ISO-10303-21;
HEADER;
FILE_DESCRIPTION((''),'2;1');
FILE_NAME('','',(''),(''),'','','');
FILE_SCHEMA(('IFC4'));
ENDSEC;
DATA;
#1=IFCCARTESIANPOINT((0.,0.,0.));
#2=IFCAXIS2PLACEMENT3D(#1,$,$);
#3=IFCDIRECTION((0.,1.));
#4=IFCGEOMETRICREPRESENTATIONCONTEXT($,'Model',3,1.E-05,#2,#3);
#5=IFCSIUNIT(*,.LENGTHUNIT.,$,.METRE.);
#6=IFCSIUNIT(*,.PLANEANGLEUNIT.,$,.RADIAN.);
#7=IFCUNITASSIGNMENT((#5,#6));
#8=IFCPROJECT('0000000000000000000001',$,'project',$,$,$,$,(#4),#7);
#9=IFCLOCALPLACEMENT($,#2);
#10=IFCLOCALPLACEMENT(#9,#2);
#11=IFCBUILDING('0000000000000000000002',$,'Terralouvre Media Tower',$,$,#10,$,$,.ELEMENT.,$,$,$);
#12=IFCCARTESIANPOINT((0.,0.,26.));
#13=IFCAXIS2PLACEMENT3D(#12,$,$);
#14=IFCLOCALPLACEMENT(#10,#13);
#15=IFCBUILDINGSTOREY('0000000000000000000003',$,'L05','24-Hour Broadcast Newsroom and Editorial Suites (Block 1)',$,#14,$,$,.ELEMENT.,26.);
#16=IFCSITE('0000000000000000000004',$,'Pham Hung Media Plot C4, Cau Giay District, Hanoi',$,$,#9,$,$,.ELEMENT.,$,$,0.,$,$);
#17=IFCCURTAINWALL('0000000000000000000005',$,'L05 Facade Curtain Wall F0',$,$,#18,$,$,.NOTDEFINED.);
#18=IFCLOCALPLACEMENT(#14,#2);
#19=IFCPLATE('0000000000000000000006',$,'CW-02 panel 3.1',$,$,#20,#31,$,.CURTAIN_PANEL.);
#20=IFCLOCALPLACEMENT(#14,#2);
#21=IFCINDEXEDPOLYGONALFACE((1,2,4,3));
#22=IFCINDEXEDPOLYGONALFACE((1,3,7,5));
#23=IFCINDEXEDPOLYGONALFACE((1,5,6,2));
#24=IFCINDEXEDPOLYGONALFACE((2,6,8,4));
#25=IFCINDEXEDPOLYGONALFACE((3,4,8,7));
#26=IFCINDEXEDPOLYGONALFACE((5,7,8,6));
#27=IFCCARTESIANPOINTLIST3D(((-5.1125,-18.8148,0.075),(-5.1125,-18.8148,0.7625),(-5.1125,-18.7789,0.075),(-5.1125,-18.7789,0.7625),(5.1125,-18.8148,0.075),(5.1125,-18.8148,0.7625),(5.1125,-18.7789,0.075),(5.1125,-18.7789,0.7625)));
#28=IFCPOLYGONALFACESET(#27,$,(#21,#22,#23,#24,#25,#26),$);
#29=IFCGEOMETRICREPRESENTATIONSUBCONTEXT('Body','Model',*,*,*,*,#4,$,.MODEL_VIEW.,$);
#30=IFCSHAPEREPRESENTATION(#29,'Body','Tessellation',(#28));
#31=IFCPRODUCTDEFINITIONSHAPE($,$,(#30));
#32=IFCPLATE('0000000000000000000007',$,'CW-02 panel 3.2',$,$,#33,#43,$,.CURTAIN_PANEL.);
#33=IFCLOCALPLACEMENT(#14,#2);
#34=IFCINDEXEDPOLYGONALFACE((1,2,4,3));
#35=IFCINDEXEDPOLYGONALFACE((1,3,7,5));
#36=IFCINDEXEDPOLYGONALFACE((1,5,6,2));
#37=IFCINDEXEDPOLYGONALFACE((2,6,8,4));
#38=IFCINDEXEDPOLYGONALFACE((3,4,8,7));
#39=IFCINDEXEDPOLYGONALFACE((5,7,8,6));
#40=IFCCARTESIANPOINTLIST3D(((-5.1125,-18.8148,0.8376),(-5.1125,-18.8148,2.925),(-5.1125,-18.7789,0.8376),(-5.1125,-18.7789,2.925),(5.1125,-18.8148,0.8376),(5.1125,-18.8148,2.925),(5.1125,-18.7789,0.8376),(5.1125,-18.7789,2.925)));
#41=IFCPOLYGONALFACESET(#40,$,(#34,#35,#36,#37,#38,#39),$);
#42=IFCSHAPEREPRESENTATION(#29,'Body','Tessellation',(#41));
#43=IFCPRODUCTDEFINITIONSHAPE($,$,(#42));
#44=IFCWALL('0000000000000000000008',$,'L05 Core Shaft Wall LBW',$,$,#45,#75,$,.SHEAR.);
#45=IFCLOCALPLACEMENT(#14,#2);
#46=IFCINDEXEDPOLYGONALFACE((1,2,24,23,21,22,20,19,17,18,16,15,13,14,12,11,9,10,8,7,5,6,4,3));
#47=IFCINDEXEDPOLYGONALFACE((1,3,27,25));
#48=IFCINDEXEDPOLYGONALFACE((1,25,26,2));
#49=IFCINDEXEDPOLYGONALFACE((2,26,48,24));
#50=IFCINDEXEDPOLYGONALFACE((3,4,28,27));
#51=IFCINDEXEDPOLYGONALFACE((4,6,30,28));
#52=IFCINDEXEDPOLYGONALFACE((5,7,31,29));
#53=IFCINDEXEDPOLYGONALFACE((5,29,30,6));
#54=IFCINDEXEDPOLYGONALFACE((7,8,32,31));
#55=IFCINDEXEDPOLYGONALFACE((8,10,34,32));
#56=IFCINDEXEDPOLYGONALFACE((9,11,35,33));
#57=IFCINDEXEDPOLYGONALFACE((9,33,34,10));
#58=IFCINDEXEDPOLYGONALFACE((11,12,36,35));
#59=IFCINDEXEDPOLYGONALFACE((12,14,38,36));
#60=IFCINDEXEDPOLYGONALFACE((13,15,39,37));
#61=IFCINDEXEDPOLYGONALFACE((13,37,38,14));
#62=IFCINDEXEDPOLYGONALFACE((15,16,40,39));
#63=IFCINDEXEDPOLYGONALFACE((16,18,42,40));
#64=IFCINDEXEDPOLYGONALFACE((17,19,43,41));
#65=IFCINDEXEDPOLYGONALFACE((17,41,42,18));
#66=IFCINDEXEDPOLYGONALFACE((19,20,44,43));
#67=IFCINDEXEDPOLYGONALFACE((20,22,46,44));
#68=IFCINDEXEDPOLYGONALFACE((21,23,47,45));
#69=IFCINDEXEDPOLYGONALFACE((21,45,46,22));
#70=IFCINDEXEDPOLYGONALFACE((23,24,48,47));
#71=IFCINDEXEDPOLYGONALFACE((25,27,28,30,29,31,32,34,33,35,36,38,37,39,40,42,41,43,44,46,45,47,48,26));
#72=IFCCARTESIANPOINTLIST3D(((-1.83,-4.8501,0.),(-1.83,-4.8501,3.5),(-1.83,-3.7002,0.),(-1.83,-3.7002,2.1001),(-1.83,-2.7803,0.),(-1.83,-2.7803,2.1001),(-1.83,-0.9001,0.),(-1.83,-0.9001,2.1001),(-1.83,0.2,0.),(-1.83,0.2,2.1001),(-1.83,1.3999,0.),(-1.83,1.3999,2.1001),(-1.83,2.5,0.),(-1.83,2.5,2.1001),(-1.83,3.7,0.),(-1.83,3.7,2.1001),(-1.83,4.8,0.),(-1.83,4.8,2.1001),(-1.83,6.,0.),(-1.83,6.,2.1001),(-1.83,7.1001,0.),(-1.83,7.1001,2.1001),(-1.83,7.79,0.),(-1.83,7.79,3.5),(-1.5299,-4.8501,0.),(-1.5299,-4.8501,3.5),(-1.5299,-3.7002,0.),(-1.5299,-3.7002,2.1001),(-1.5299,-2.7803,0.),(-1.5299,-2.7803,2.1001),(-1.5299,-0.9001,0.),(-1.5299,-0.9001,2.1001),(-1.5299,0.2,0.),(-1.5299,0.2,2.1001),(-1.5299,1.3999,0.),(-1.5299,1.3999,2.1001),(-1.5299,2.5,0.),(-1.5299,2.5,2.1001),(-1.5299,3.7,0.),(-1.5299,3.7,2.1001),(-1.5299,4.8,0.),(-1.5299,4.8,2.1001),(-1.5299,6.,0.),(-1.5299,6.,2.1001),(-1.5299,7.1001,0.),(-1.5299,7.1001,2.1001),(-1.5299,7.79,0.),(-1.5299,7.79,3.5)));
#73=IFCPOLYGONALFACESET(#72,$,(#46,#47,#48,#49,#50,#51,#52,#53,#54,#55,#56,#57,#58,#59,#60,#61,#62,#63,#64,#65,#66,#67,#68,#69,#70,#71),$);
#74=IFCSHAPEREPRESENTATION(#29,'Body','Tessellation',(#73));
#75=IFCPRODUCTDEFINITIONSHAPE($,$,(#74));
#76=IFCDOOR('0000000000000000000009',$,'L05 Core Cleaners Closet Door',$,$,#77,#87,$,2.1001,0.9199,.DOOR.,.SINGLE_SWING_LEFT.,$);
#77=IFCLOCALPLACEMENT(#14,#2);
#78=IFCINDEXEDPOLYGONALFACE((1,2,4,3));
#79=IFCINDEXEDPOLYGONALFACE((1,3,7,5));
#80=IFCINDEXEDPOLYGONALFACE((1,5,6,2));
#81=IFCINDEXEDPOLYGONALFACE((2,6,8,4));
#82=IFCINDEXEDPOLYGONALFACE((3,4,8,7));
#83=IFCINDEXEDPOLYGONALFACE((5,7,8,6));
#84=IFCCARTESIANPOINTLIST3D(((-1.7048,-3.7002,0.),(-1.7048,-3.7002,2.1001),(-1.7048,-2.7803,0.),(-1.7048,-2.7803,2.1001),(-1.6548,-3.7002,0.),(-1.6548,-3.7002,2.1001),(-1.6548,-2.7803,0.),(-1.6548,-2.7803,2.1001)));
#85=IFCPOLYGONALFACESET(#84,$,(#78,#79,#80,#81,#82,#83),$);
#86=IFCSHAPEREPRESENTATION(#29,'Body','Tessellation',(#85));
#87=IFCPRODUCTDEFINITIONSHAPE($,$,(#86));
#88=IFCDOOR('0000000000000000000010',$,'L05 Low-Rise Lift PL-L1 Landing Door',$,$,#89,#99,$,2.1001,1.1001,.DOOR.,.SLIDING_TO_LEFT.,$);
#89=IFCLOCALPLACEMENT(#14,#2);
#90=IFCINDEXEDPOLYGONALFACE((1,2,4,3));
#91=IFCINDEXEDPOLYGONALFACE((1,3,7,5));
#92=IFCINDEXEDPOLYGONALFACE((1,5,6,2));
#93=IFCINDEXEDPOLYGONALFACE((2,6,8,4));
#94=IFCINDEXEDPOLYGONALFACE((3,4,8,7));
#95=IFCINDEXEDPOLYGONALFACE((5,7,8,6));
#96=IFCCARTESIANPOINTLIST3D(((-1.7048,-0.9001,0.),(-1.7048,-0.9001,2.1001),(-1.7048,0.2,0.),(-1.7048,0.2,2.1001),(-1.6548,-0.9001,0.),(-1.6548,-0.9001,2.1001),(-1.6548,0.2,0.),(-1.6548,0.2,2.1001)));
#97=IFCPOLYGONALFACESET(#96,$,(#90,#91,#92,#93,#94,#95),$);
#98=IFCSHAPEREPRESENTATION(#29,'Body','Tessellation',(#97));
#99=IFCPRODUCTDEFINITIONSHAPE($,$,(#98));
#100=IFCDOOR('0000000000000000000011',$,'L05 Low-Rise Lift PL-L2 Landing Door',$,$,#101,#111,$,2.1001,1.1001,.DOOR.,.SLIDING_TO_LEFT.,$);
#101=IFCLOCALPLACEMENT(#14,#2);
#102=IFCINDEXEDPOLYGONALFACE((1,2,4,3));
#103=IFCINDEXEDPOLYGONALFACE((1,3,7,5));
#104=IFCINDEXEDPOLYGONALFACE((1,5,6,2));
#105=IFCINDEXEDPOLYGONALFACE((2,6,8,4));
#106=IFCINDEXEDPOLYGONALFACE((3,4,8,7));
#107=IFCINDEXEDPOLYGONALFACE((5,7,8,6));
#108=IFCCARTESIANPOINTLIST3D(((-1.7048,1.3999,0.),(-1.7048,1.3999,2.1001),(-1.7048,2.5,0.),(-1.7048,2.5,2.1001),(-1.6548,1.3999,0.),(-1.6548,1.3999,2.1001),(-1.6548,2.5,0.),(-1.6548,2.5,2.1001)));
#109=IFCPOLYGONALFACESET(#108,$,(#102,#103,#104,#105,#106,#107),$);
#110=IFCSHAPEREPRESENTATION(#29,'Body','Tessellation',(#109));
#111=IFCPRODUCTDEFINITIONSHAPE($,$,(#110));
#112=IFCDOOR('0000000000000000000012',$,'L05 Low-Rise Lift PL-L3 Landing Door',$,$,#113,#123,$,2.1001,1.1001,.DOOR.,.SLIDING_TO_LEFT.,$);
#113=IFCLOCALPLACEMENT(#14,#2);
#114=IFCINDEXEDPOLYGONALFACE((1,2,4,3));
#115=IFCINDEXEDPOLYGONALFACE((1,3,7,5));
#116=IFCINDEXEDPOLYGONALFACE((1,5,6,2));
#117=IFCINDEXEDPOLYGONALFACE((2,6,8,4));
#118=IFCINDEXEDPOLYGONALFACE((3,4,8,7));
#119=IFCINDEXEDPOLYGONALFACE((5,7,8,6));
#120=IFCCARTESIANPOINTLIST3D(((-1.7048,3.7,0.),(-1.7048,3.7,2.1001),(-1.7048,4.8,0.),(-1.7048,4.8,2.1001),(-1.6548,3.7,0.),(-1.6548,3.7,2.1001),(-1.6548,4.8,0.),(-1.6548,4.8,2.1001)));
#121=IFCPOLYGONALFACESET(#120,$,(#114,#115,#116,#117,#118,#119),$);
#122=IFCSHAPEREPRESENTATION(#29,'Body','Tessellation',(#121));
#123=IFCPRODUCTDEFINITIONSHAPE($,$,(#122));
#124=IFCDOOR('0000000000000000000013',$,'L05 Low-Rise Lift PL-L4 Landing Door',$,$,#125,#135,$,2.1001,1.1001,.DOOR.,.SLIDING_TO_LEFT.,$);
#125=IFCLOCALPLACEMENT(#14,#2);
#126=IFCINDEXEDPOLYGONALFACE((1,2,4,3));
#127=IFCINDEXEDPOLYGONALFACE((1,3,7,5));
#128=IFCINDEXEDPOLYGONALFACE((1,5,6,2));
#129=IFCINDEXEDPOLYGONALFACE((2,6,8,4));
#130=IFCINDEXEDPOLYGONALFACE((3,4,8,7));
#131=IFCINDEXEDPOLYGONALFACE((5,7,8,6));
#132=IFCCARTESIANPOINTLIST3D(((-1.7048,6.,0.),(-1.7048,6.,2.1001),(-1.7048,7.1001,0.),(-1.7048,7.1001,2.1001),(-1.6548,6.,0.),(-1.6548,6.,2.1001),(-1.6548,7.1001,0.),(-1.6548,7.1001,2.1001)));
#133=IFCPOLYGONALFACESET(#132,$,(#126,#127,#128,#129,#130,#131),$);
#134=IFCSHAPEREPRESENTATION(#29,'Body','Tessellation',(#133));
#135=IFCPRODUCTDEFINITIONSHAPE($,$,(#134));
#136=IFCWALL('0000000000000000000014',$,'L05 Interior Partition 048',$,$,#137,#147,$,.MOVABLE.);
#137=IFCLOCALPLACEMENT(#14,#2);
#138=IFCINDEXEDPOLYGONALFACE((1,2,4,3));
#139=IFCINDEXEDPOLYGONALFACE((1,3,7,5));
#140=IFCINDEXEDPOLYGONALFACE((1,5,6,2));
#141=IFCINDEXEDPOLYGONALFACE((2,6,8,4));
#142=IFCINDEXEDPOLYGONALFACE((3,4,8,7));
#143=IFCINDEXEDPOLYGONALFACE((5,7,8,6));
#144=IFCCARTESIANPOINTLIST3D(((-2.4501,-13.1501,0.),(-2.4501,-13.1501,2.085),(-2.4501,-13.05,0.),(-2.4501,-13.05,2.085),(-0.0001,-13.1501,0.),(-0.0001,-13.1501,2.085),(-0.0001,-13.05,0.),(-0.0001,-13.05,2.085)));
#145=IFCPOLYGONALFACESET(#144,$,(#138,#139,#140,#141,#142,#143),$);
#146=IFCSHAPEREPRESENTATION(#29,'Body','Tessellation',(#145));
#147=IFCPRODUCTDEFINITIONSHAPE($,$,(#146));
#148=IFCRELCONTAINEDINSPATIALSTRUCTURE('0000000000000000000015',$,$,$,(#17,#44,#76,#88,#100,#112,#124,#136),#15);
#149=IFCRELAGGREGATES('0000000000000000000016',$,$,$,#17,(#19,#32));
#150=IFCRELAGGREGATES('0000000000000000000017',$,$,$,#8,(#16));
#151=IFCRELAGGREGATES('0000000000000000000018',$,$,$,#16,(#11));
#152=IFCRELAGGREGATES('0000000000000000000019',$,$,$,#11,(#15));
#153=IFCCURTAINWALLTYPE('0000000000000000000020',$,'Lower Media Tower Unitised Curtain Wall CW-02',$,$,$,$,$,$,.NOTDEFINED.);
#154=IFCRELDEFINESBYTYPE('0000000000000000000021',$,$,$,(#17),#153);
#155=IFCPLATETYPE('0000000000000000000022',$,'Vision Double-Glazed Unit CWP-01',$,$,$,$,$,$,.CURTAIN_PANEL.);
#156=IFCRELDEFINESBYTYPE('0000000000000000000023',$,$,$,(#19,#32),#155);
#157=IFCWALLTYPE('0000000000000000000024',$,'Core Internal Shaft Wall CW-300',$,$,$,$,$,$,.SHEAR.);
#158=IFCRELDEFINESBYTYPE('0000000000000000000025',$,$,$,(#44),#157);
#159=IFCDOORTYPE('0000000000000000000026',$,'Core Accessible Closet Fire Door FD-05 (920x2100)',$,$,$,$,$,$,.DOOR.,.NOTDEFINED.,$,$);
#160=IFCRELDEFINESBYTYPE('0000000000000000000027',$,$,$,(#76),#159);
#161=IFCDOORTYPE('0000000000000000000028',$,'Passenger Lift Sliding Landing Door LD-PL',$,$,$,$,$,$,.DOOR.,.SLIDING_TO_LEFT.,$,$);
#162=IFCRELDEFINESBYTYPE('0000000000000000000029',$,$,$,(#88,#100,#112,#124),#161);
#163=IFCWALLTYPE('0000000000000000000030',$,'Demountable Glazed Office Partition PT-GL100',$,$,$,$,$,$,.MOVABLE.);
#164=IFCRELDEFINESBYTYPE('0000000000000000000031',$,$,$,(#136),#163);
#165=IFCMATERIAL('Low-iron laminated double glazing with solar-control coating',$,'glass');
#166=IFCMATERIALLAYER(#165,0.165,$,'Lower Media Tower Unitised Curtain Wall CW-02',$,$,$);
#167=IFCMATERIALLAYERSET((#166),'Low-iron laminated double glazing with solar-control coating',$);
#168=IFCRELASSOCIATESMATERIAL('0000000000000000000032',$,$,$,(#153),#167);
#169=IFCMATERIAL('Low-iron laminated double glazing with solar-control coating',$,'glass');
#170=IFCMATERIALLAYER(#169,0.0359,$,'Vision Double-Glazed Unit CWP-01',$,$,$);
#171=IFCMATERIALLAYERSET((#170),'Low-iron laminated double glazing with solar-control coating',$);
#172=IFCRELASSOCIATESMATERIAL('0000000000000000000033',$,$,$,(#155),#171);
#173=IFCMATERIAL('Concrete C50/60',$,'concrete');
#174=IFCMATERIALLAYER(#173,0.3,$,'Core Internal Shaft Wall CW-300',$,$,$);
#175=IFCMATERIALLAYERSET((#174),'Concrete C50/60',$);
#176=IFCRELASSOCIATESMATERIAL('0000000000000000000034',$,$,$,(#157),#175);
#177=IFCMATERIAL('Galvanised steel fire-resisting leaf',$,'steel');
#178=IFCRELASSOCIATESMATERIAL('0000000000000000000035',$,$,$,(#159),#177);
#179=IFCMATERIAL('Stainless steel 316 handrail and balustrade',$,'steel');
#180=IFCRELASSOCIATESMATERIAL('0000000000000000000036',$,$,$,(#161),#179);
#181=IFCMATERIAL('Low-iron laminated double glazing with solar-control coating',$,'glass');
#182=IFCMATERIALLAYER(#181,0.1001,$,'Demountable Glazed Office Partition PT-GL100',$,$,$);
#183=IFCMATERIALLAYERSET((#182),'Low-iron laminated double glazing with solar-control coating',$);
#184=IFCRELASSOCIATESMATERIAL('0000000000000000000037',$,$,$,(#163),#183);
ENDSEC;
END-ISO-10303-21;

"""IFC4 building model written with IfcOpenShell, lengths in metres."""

from ifc_helpers import new_model, si_unit, direction, frame, frame_2d, origin, origin_2d, place, context, subcontext, project, spatial, rectangle, extrude, material, layer, layer_set, type_object, element, fill, aggregate, save


model = new_model("IFC4")

# Units and contexts
model_context = context("Model", 3, precision=1e-05, world=origin(), true_north=direction((0.0, 1.0)))
body_context = subcontext(model_context, "Body", "Model", "MODEL_VIEW")
ifc_project = project(units=[si_unit("LENGTHUNIT", "METRE"), si_unit("PLANEANGLEUNIT", "RADIAN")], contexts=[model_context])

# Site, building, storey
site_placement = place(None, origin())
site = spatial("IfcSite", under=ifc_project, at=site_placement, Name="Pham Hung Media Plot C4, Cau Giay District, Hanoi", CompositionType="ELEMENT", RefElevation=0.0)
building_placement = place(site_placement, origin())
building = spatial("IfcBuilding", under=site, at=building_placement, Name="Terralouvre Media Tower", CompositionType="ELEMENT")
storey_placement = place(building_placement, frame((0.0, 0.0, 26.0)))
storey = spatial("IfcBuildingStorey", under=building, at=storey_placement, Name="L05", Description="24-Hour Broadcast Newsroom and Editorial Suites (Block 1)", CompositionType="ELEMENT", Elevation=26.0)

# Curtain wall
ifc_material_1 = material(Name="Low-iron laminated double glazing with solar-control coating", Category="glass")
ifc_layer_1 = layer(ifc_material_1, 0.165, Name="Lower Media Tower Unitised Curtain Wall CW-02")
ifc_layer_set_1 = layer_set([ifc_layer_1], Name="Low-iron laminated double glazing with solar-control coating")
curtain_wall_type = type_object("IfcCurtainWallType", Name="Lower Media Tower Unitised Curtain Wall CW-02", PredefinedType="NOTDEFINED", material=ifc_layer_set_1)
curtain_wall_placement = place(storey_placement, origin())
curtain_wall = element("IfcCurtainWall", 1, at=curtain_wall_placement, inside=storey, type_object=curtain_wall_type, Name="L05 Facade Curtain Wall F0", PredefinedType="NOTDEFINED")

# Plates
ifc_material_2 = material(Name="Low-iron laminated double glazing with solar-control coating", Category="glass")
ifc_layer_2 = layer(ifc_material_2, 0.0359, Name="Vision Double-Glazed Unit CWP-01")
ifc_layer_set_2 = layer_set([ifc_layer_2], Name="Low-iron laminated double glazing with solar-control coating")
plate_type = type_object("IfcPlateType", Name="Vision Double-Glazed Unit CWP-01", PredefinedType="CURTAIN_PANEL", material=ifc_layer_set_2)
plate_1_placement = place(storey_placement, frame((0.0, -18.7969, 0.075), z_axis=(0.0, 0.0, 1.0), x_axis=(1.0, 0.0, 0.0)))
plate_1 = element("IfcPlate", 2, at=plate_1_placement, type_object=plate_type, Name="CW-02 panel 3.1", PredefinedType="CURTAIN_PANEL", context=body_context, shape_type="SweptSolid", body=[
    extrude(rectangle(XDim=10.2251, YDim=0.0359, at=origin_2d()), origin(), (0.0, 0.0, 1.0), 0.6875),
])
plate_2_placement = place(storey_placement, frame((0.0, -18.7969, 0.8376), z_axis=(0.0, 0.0, 1.0), x_axis=(1.0, 0.0, 0.0)))
plate_2 = element("IfcPlate", 3, at=plate_2_placement, type_object=plate_type, Name="CW-02 panel 3.2", PredefinedType="CURTAIN_PANEL", context=body_context, shape_type="SweptSolid", body=[
    extrude(rectangle(XDim=10.2251, YDim=0.0359, at=origin_2d()), origin(), (0.0, 0.0, 1.0), 2.0874),
])
aggregate(curtain_wall, [plate_1, plate_2])

# Wall, openings, doors
ifc_material_3 = material(Name="Concrete C50/60", Category="concrete")
ifc_layer_3 = layer(ifc_material_3, 0.3, Name="Core Internal Shaft Wall CW-300")
ifc_layer_set_3 = layer_set([ifc_layer_3], Name="Concrete C50/60")
wall_type_1 = type_object("IfcWallType", Name="Core Internal Shaft Wall CW-300", PredefinedType="SHEAR", material=ifc_layer_set_3)
wall_1_placement = place(storey_placement, frame((-1.6799, -4.8501, 0.0), z_axis=(0.0, 0.0, 1.0), x_axis=(0.0, 1.0, 0.0)))
wall_1 = element("IfcWall", 4, at=wall_1_placement, inside=storey, type_object=wall_type_1, Name="L05 Core Shaft Wall LBW", PredefinedType="SHEAR", context=body_context, shape_type="SweptSolid", body=[
    extrude(rectangle(XDim=12.6401, YDim=0.3, at=frame_2d((6.3201, 0.0))), origin(), (0.0, 0.0, 1.0), 3.5),
])
opening_1_placement = place(wall_1_placement, frame((3.95, 0.0, 0.0)))
opening_1 = element("IfcOpeningElement", 5, at=opening_1_placement, cuts=wall_1, PredefinedType="OPENING", context=body_context, shape_type="SweptSolid", body=[
    extrude(rectangle(XDim=1.1001, YDim=2.1001, at=frame_2d((0.55, 1.05))), frame((0.0, 0.1599, 0.0), z_axis=(0.0, -1.0, 0.0), x_axis=(1.0, 0.0, 0.0)), (0.0, 0.0, 1.0), 0.3201),
])
opening_2_placement = place(wall_1_placement, frame((6.25, 0.0, 0.0)))
opening_2 = element("IfcOpeningElement", 6, at=opening_2_placement, cuts=wall_1, PredefinedType="OPENING", context=body_context, shape_type="SweptSolid", body=[
    extrude(rectangle(XDim=1.1001, YDim=2.1001, at=frame_2d((0.55, 1.05))), frame((0.0, 0.1599, 0.0), z_axis=(0.0, -1.0, 0.0), x_axis=(1.0, 0.0, 0.0)), (0.0, 0.0, 1.0), 0.3201),
])
opening_3_placement = place(wall_1_placement, frame((8.55, 0.0, 0.0)))
opening_3 = element("IfcOpeningElement", 7, at=opening_3_placement, cuts=wall_1, PredefinedType="OPENING", context=body_context, shape_type="SweptSolid", body=[
    extrude(rectangle(XDim=1.1001, YDim=2.1001, at=frame_2d((0.55, 1.05))), frame((0.0, 0.1599, 0.0), z_axis=(0.0, -1.0, 0.0), x_axis=(1.0, 0.0, 0.0)), (0.0, 0.0, 1.0), 0.3201),
])
opening_4_placement = place(wall_1_placement, frame((10.8501, 0.0, 0.0)))
opening_4 = element("IfcOpeningElement", 8, at=opening_4_placement, cuts=wall_1, PredefinedType="OPENING", context=body_context, shape_type="SweptSolid", body=[
    extrude(rectangle(XDim=1.1001, YDim=2.1001, at=frame_2d((0.55, 1.05))), frame((0.0, 0.1599, 0.0), z_axis=(0.0, -1.0, 0.0), x_axis=(1.0, 0.0, 0.0)), (0.0, 0.0, 1.0), 0.3201),
])
opening_5_placement = place(wall_1_placement, frame((1.1499, 0.0, 0.0)))
opening_5 = element("IfcOpeningElement", 9, at=opening_5_placement, cuts=wall_1, PredefinedType="OPENING", context=body_context, shape_type="SweptSolid", body=[
    extrude(rectangle(XDim=0.9199, YDim=2.1001, at=frame_2d((0.46, 1.05))), frame((0.0, 0.1599, 0.0), z_axis=(0.0, -1.0, 0.0), x_axis=(1.0, 0.0, 0.0)), (0.0, 0.0, 1.0), 0.3201),
])
ifc_material_4 = material(Name="Galvanised steel fire-resisting leaf", Category="steel")
door_type_1 = type_object("IfcDoorType", Name="Core Accessible Closet Fire Door FD-05 (920x2100)", OperationType="NOTDEFINED", PredefinedType="DOOR", material=ifc_material_4)
door_1_placement = place(opening_5_placement, origin())
door_1 = element("IfcDoor", 10, at=door_1_placement, inside=storey, type_object=door_type_1, Name="L05 Core Cleaners Closet Door", OperationType="SINGLE_SWING_LEFT", OverallHeight=2.1001, OverallWidth=0.9199, PredefinedType="DOOR", context=body_context, shape_type="SweptSolid", body=[
    extrude(rectangle(XDim=0.9199, YDim=2.1001, at=frame_2d((0.46, 1.05))), frame((0.0, 0.0249, 0.0), z_axis=(0.0, -1.0, 0.0), x_axis=(1.0, 0.0, 0.0)), (0.0, 0.0, 1.0), 0.05),
])
fill(opening_5, door_1)
ifc_material_5 = material(Name="Stainless steel 316 handrail and balustrade", Category="steel")
door_type_2 = type_object("IfcDoorType", Name="Passenger Lift Sliding Landing Door LD-PL", OperationType="SLIDING_TO_LEFT", PredefinedType="DOOR", material=ifc_material_5)
door_2_placement = place(opening_1_placement, origin())
door_2 = element("IfcDoor", 11, at=door_2_placement, inside=storey, type_object=door_type_2, Name="L05 Low-Rise Lift PL-L1 Landing Door", OperationType="SLIDING_TO_LEFT", OverallHeight=2.1001, OverallWidth=1.1001, PredefinedType="DOOR", context=body_context, shape_type="SweptSolid", body=[
    extrude(rectangle(XDim=1.1001, YDim=2.1001, at=frame_2d((0.55, 1.05))), frame((0.0, 0.0249, 0.0), z_axis=(0.0, -1.0, 0.0), x_axis=(1.0, 0.0, 0.0)), (0.0, 0.0, 1.0), 0.05),
])
fill(opening_1, door_2)
door_3_placement = place(opening_2_placement, origin())
door_3 = element("IfcDoor", 12, at=door_3_placement, inside=storey, type_object=door_type_2, Name="L05 Low-Rise Lift PL-L2 Landing Door", OperationType="SLIDING_TO_LEFT", OverallHeight=2.1001, OverallWidth=1.1001, PredefinedType="DOOR", context=body_context, shape_type="SweptSolid", body=[
    extrude(rectangle(XDim=1.1001, YDim=2.1001, at=frame_2d((0.55, 1.05))), frame((0.0, 0.0249, 0.0), z_axis=(0.0, -1.0, 0.0), x_axis=(1.0, 0.0, 0.0)), (0.0, 0.0, 1.0), 0.05),
])
fill(opening_2, door_3)
door_4_placement = place(opening_3_placement, origin())
door_4 = element("IfcDoor", 13, at=door_4_placement, inside=storey, type_object=door_type_2, Name="L05 Low-Rise Lift PL-L3 Landing Door", OperationType="SLIDING_TO_LEFT", OverallHeight=2.1001, OverallWidth=1.1001, PredefinedType="DOOR", context=body_context, shape_type="SweptSolid", body=[
    extrude(rectangle(XDim=1.1001, YDim=2.1001, at=frame_2d((0.55, 1.05))), frame((0.0, 0.0249, 0.0), z_axis=(0.0, -1.0, 0.0), x_axis=(1.0, 0.0, 0.0)), (0.0, 0.0, 1.0), 0.05),
])
fill(opening_3, door_4)
door_5_placement = place(opening_4_placement, origin())
door_5 = element("IfcDoor", 14, at=door_5_placement, inside=storey, type_object=door_type_2, Name="L05 Low-Rise Lift PL-L4 Landing Door", OperationType="SLIDING_TO_LEFT", OverallHeight=2.1001, OverallWidth=1.1001, PredefinedType="DOOR", context=body_context, shape_type="SweptSolid", body=[
    extrude(rectangle(XDim=1.1001, YDim=2.1001, at=frame_2d((0.55, 1.05))), frame((0.0, 0.0249, 0.0), z_axis=(0.0, -1.0, 0.0), x_axis=(1.0, 0.0, 0.0)), (0.0, 0.0, 1.0), 0.05),
])
fill(opening_4, door_5)

# Wall
ifc_material_6 = material(Name="Low-iron laminated double glazing with solar-control coating", Category="glass")
ifc_layer_4 = layer(ifc_material_6, 0.1001, Name="Demountable Glazed Office Partition PT-GL100")
ifc_layer_set_4 = layer_set([ifc_layer_4], Name="Low-iron laminated double glazing with solar-control coating")
wall_type_2 = type_object("IfcWallType", Name="Demountable Glazed Office Partition PT-GL100", PredefinedType="MOVABLE", material=ifc_layer_set_4)
wall_2_placement = place(storey_placement, frame((0.0, -13.1001, 0.0), z_axis=(0.0, 0.0, 1.0), x_axis=(-1.0, 0.0, 0.0)))
element("IfcWall", 15, at=wall_2_placement, inside=storey, type_object=wall_type_2, Name="L05 Interior Partition 048", PredefinedType="MOVABLE", context=body_context, shape_type="SweptSolid", body=[
    extrude(rectangle(XDim=2.45, YDim=0.1001, at=frame_2d((1.2251, 0.0))), origin(), (0.0, 0.0, 1.0), 2.085),
])

save(model, "model.ifc")
